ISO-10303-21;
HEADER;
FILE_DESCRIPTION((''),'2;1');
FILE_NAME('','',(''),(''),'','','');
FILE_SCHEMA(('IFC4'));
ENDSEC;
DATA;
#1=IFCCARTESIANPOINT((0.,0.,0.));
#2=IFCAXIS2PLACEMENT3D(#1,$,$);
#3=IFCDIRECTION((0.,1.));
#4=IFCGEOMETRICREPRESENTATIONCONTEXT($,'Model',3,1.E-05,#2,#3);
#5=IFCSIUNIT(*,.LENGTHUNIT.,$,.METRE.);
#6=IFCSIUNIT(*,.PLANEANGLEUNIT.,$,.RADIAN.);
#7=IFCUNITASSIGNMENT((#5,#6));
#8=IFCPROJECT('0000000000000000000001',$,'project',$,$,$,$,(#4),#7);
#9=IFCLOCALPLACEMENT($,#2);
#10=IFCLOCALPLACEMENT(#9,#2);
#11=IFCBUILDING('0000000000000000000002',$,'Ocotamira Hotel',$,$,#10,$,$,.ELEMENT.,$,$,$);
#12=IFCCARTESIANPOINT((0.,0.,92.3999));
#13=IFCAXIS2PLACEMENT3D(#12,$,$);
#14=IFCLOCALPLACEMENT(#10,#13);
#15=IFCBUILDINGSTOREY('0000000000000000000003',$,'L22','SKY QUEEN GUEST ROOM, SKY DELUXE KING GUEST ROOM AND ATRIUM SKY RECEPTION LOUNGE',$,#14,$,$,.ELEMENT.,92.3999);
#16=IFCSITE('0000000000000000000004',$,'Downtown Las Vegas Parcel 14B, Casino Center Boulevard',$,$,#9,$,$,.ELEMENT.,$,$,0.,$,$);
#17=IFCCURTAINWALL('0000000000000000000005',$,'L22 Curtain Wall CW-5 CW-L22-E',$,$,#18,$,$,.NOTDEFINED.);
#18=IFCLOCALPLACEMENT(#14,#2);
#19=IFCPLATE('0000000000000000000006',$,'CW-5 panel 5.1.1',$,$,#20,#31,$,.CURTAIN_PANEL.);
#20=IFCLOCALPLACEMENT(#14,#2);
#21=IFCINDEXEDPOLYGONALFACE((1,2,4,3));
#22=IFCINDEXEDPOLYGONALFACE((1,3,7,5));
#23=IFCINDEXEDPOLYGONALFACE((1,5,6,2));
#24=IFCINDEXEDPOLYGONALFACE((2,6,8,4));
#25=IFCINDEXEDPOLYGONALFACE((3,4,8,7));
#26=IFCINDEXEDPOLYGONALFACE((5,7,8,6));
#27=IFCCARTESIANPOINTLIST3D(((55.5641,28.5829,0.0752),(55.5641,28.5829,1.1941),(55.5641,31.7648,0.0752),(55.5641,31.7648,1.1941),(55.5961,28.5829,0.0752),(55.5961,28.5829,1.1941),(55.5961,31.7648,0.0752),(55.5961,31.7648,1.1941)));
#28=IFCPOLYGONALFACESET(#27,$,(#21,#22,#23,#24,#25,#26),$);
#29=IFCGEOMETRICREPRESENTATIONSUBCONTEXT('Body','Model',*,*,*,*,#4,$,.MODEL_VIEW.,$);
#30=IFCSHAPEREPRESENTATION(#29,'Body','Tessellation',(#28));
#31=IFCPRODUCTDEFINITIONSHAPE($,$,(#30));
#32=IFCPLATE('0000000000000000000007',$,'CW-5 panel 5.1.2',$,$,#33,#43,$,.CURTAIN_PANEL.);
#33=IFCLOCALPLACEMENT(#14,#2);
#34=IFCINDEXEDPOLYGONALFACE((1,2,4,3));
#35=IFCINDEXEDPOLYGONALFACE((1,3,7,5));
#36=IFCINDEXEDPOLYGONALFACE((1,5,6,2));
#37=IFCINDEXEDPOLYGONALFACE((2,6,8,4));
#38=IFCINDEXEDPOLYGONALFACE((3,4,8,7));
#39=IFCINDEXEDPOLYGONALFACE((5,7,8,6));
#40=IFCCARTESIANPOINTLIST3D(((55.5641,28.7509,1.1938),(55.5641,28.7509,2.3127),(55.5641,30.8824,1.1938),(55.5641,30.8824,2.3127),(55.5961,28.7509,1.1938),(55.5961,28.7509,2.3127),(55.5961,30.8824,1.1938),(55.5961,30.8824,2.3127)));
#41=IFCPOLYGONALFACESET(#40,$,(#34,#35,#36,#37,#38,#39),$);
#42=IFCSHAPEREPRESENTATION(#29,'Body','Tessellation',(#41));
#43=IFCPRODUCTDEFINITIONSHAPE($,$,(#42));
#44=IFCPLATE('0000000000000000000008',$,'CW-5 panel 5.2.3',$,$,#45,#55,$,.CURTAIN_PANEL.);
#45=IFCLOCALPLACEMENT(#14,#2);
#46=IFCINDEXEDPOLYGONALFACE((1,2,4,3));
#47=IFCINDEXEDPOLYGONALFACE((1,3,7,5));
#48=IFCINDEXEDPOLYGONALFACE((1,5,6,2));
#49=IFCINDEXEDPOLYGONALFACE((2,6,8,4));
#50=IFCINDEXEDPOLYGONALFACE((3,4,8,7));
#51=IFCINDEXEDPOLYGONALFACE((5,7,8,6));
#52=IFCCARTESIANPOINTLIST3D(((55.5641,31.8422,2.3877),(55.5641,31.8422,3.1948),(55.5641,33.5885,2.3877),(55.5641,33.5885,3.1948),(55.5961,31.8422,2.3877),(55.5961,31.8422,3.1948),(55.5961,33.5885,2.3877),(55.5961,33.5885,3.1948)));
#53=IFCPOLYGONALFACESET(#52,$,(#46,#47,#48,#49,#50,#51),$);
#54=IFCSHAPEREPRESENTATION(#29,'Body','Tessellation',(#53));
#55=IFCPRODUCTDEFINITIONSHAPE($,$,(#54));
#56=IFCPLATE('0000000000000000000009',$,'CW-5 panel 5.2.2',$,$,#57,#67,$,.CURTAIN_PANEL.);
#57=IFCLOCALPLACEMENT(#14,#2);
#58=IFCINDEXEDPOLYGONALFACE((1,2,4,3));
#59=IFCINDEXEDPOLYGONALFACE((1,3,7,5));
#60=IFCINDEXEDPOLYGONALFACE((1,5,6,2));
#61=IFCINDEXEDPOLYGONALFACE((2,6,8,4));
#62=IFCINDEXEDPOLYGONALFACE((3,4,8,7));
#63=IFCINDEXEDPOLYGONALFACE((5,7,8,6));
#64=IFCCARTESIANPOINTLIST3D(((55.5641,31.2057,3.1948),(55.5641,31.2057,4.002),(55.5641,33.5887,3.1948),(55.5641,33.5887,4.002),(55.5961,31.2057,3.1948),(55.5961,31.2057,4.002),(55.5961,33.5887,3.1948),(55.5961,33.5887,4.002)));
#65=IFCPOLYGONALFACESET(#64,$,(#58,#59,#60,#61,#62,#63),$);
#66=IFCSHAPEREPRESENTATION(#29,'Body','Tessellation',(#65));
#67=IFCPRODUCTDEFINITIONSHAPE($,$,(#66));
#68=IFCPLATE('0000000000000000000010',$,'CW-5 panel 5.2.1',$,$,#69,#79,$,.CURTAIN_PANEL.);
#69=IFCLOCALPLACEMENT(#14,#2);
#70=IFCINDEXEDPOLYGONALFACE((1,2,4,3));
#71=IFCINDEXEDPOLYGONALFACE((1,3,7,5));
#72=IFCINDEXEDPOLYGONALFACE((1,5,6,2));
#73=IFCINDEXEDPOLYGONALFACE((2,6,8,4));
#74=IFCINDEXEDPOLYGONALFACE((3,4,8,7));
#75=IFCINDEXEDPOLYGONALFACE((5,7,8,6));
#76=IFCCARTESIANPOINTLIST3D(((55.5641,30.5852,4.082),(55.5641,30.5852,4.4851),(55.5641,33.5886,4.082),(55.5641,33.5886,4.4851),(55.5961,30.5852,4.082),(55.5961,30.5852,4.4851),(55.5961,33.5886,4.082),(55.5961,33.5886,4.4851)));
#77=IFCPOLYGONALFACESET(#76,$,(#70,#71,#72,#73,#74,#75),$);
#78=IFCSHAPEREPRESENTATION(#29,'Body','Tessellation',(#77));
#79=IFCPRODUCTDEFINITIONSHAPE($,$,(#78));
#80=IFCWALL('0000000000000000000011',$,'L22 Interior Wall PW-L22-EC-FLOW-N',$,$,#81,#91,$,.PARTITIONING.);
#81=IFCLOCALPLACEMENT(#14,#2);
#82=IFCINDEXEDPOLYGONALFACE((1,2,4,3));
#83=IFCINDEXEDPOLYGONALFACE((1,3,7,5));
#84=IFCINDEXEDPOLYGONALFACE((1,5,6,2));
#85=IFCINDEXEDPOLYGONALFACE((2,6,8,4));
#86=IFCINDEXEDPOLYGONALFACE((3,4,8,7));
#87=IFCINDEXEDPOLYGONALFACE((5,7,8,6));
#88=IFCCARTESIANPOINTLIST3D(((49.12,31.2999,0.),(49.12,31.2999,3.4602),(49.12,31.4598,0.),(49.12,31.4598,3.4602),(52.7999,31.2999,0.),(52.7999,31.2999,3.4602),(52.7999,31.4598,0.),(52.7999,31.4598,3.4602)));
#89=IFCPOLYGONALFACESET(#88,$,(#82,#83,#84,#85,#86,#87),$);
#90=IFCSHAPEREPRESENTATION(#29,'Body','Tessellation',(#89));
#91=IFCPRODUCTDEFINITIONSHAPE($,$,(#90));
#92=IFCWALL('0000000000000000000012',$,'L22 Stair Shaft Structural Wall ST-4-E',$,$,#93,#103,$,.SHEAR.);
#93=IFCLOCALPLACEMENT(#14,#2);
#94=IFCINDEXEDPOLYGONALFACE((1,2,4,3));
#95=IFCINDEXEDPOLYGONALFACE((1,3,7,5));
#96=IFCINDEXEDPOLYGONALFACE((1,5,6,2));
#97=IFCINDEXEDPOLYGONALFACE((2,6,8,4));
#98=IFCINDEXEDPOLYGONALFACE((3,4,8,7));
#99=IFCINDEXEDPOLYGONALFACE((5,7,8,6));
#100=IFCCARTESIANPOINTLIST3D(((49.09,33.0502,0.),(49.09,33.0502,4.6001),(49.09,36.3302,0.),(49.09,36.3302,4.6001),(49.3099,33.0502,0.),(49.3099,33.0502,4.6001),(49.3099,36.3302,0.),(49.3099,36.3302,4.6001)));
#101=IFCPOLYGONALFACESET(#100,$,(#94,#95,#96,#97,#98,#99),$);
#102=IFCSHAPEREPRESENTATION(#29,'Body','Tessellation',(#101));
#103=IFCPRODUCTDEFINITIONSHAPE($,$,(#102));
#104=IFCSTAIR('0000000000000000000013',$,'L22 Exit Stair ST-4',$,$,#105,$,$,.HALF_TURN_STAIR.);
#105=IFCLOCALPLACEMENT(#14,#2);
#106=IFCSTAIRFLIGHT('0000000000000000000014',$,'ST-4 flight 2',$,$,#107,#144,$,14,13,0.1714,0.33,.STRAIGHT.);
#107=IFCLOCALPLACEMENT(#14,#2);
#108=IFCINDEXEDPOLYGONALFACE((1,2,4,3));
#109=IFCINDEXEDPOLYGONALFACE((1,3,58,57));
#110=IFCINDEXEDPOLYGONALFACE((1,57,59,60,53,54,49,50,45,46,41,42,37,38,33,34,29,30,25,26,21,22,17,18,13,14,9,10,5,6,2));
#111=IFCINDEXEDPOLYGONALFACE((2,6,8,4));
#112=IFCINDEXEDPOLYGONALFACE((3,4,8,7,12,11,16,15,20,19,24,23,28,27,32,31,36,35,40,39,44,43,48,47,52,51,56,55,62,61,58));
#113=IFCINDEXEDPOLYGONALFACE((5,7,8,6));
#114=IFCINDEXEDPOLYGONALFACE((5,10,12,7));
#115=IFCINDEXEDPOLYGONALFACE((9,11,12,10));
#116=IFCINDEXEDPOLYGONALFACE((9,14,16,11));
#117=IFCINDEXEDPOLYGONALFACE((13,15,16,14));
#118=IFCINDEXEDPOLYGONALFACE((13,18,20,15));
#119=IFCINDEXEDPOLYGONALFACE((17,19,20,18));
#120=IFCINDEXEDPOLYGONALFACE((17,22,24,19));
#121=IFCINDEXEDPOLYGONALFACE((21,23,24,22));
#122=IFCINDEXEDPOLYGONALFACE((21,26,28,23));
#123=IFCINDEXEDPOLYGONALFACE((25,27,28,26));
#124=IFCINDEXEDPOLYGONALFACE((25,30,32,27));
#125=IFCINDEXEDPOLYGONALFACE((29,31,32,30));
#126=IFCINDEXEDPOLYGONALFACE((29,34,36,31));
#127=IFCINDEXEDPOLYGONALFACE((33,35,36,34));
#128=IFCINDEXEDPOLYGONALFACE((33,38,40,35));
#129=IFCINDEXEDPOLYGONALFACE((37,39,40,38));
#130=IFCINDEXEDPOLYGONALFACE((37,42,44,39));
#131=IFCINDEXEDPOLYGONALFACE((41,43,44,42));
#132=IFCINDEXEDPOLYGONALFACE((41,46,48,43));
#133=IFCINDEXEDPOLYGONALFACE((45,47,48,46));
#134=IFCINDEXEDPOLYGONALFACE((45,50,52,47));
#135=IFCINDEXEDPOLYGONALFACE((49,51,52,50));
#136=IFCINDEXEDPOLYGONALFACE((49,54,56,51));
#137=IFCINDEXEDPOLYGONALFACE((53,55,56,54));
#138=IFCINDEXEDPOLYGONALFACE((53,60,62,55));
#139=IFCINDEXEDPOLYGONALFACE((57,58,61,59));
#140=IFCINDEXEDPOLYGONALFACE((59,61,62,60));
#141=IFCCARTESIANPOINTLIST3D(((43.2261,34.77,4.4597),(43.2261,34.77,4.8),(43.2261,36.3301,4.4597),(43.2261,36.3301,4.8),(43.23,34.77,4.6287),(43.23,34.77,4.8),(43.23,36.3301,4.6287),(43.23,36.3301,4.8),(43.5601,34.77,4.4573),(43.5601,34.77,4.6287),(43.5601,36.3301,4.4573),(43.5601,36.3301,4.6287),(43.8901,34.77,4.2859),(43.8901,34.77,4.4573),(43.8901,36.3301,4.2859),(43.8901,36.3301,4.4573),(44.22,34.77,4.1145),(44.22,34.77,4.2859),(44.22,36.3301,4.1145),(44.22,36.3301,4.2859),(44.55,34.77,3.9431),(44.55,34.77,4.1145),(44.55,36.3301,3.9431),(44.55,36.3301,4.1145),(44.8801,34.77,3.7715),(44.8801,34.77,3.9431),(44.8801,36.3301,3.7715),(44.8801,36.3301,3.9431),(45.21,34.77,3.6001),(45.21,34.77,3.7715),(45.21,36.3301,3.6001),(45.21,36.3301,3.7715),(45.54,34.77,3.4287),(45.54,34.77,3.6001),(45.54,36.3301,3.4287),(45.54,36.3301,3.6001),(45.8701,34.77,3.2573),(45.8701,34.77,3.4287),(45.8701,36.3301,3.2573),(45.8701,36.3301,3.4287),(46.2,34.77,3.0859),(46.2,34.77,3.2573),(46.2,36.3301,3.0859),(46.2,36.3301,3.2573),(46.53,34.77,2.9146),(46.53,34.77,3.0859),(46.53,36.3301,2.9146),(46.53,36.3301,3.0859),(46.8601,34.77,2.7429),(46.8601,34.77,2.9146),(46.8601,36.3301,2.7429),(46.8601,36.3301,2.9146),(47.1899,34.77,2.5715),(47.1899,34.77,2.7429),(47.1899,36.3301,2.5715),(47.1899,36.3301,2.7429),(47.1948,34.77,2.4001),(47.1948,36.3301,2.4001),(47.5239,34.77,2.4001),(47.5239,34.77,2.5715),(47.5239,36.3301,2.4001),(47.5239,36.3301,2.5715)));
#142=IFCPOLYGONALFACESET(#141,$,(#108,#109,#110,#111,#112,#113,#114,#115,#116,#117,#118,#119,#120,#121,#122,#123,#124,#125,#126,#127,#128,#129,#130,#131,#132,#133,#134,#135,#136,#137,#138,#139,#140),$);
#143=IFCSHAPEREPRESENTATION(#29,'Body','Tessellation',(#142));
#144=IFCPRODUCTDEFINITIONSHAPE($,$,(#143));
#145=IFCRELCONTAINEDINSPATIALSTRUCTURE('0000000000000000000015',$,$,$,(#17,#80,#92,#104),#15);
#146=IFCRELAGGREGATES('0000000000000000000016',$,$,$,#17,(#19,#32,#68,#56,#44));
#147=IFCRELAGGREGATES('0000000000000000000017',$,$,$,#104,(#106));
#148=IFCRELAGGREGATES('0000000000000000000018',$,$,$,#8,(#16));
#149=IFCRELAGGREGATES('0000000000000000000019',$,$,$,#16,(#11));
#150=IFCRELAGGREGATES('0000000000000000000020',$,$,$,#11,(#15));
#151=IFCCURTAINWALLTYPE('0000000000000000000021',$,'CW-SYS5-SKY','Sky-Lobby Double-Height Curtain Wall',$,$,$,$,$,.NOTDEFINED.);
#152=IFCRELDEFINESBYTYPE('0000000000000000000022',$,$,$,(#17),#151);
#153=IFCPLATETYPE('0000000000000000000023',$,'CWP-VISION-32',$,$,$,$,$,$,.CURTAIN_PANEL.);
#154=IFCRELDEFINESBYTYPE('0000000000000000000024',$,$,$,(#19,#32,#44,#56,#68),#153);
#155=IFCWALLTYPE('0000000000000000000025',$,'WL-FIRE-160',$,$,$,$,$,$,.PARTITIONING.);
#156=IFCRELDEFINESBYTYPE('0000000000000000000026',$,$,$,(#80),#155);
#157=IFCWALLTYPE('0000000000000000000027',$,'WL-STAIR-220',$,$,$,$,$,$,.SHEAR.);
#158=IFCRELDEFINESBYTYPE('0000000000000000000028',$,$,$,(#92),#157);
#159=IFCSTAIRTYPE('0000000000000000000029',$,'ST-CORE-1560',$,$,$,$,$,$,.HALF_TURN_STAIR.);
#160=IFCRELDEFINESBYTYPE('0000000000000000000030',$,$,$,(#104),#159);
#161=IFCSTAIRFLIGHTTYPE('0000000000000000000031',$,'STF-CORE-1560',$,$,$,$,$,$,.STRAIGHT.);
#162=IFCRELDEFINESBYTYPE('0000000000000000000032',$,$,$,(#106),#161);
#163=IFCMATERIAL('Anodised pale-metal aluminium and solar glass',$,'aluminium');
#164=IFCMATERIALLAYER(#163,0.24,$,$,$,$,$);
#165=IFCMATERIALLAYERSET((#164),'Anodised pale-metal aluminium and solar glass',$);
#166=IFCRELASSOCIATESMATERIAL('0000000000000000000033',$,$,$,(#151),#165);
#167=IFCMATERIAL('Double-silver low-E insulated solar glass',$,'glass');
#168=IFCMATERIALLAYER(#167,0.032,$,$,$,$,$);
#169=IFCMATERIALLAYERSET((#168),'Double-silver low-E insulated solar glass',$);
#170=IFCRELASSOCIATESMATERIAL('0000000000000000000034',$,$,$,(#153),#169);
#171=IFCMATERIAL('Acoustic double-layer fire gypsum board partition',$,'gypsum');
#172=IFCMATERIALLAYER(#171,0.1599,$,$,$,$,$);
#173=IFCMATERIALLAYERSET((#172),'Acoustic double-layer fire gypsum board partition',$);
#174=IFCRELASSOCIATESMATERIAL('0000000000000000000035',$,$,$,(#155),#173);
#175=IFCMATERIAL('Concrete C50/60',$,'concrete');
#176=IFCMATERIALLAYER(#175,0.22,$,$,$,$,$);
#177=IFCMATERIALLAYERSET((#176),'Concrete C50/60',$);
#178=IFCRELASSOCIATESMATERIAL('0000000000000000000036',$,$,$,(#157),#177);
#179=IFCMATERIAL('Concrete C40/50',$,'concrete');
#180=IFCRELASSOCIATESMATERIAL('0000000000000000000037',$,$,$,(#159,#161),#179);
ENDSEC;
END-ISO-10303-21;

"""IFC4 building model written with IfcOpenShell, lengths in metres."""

from ifc_helpers import new_model, si_unit, direction, frame, frame_2d, origin, origin_2d, place, context, subcontext, project, spatial, polyline, rectangle, outline, extrude, source, transform, mapped, material, layer, layer_set, type_object, element, aggregate, save


model = new_model("IFC4")

# Units and contexts
model_context = context("Model", 3, precision=1e-05, world=origin(), true_north=direction((0.0, 1.0)))
body_context = subcontext(model_context, "Body", "Model", "MODEL_VIEW")
ifc_project = project(units=[si_unit("LENGTHUNIT", "METRE"), si_unit("PLANEANGLEUNIT", "RADIAN")], contexts=[model_context])

# Site, building, storey
site_placement = place(None, origin())
site = spatial("IfcSite", under=ifc_project, at=site_placement, Name="Downtown Las Vegas Parcel 14B, Casino Center Boulevard", CompositionType="ELEMENT", RefElevation=0.0)
building_placement = place(site_placement, origin())
building = spatial("IfcBuilding", under=site, at=building_placement, Name="Ocotamira Hotel", CompositionType="ELEMENT")
storey_placement = place(building_placement, frame((0.0, 0.0, 92.3999)))
storey = spatial("IfcBuildingStorey", under=building, at=storey_placement, Name="L22", Description="SKY QUEEN GUEST ROOM, SKY DELUXE KING GUEST ROOM AND ATRIUM SKY RECEPTION LOUNGE", CompositionType="ELEMENT", Elevation=92.3999)

# Curtain wall
ifc_material_1 = material(Name="Anodised pale-metal aluminium and solar glass", Category="aluminium")
ifc_layer_1 = layer(ifc_material_1, 0.24)
ifc_layer_set_1 = layer_set([ifc_layer_1], Name="Anodised pale-metal aluminium and solar glass")
curtain_wall_type = type_object("IfcCurtainWallType", Name="CW-SYS5-SKY", Description="Sky-Lobby Double-Height Curtain Wall", PredefinedType="NOTDEFINED", material=ifc_layer_set_1)
curtain_wall_placement = place(storey_placement, origin())
curtain_wall = element("IfcCurtainWall", 1, at=curtain_wall_placement, inside=storey, type_object=curtain_wall_type, Name="L22 Curtain Wall CW-5 CW-L22-E", PredefinedType="NOTDEFINED")

# Plates
ifc_material_2 = material(Name="Double-silver low-E insulated solar glass", Category="glass")
ifc_layer_2 = layer(ifc_material_2, 0.032)
ifc_layer_set_2 = layer_set([ifc_layer_2], Name="Double-silver low-E insulated solar glass")
plate_type_1 = type_object("IfcPlateType", Name="CWP-VISION-32", PredefinedType="CURTAIN_PANEL", material=ifc_layer_set_2)
shared_shape_1 = source(origin(), body_context, "Body", "SweptSolid", [
    extrude(rectangle(XDim=3.1819, YDim=0.032, at=origin_2d()), origin(), (0.0, 0.0, 1.0), 1.1189),
])
plate_1_placement = place(storey_placement, frame((55.5801, 30.1738, 0.0752), z_axis=(0.0, 0.0, 1.0), x_axis=(0.0, 1.0, 0.0)))
plate_1 = element("IfcPlate", 2, at=plate_1_placement, type_object=plate_type_1, Name="CW-5 panel 5.1.1", PredefinedType="CURTAIN_PANEL", context=body_context, shape_type="MappedRepresentation", body=[
    mapped(shared_shape_1, transform((0.0, 0.0, 0.0), scale=1.0)),
])
shared_shape_2 = source(origin(), body_context, "Body", "SweptSolid", [
    extrude(rectangle(XDim=2.1316, YDim=0.032, at=origin_2d()), origin(), (0.0, 0.0, 1.0), 1.1189),
])
plate_2_placement = place(storey_placement, frame((55.5801, 29.8167, 1.1938), z_axis=(0.0, 0.0, 1.0), x_axis=(0.0, 1.0, 0.0)))
plate_2 = element("IfcPlate", 3, at=plate_2_placement, type_object=plate_type_1, Name="CW-5 panel 5.1.2", PredefinedType="CURTAIN_PANEL", context=body_context, shape_type="MappedRepresentation", body=[
    mapped(shared_shape_2, transform((0.0, 0.0, 0.0), scale=1.0)),
])
shared_shape_3 = source(origin(), body_context, "Body", "SweptSolid", [
    extrude(rectangle(XDim=1.7463, YDim=0.032, at=origin_2d()), origin(), (0.0, 0.0, 1.0), 0.8071),
])
plate_3_placement = place(storey_placement, frame((55.5801, 32.7153, 2.3877), z_axis=(0.0, 0.0, 1.0), x_axis=(0.0, 1.0, 0.0)))
plate_3 = element("IfcPlate", 4, at=plate_3_placement, type_object=plate_type_1, Name="CW-5 panel 5.2.3", PredefinedType="CURTAIN_PANEL", context=body_context, shape_type="MappedRepresentation", body=[
    mapped(shared_shape_3, transform((0.0, 0.0, 0.0), scale=1.0)),
])
shared_shape_4 = source(origin(), body_context, "Body", "SweptSolid", [
    extrude(rectangle(XDim=2.3831, YDim=0.032, at=origin_2d()), origin(), (0.0, 0.0, 1.0), 0.8071),
])
plate_4_placement = place(storey_placement, frame((55.5801, 32.3972, 3.1948), z_axis=(0.0, 0.0, 1.0), x_axis=(0.0, 1.0, 0.0)))
plate_4 = element("IfcPlate", 5, at=plate_4_placement, type_object=plate_type_1, Name="CW-5 panel 5.2.2", PredefinedType="CURTAIN_PANEL", context=body_context, shape_type="MappedRepresentation", body=[
    mapped(shared_shape_4, transform((0.0, 0.0, 0.0), scale=1.0)),
])
shared_shape_5 = source(origin(), body_context, "Body", "SweptSolid", [
    extrude(rectangle(XDim=3.0034, YDim=0.032, at=origin_2d()), origin(), (0.0, 0.0, 1.0), 0.4031),
])
plate_5_placement = place(storey_placement, frame((55.5801, 32.0869, 4.082), z_axis=(0.0, 0.0, 1.0), x_axis=(0.0, 1.0, 0.0)))
plate_5 = element("IfcPlate", 6, at=plate_5_placement, type_object=plate_type_1, Name="CW-5 panel 5.2.1", PredefinedType="CURTAIN_PANEL", context=body_context, shape_type="MappedRepresentation", body=[
    mapped(shared_shape_5, transform((0.0, 0.0, 0.0), scale=1.0)),
])
aggregate(curtain_wall, [plate_1, plate_2, plate_5, plate_4, plate_3])

# Wall
ifc_material_3 = material(Name="Acoustic double-layer fire gypsum board partition", Category="gypsum")
ifc_layer_3 = layer(ifc_material_3, 0.1599)
ifc_layer_set_3 = layer_set([ifc_layer_3], Name="Acoustic double-layer fire gypsum board partition")
wall_type_1 = type_object("IfcWallType", Name="WL-FIRE-160", PredefinedType="PARTITIONING", material=ifc_layer_set_3)
wall_1_placement = place(storey_placement, frame((49.1201, 31.3799, 0.0), z_axis=(0.0, 0.0, 1.0), x_axis=(1.0, 0.0, 0.0)))
element("IfcWall", 7, at=wall_1_placement, inside=storey, type_object=wall_type_1, Name="L22 Interior Wall PW-L22-EC-FLOW-N", PredefinedType="PARTITIONING", context=body_context, shape_type="SweptSolid", body=[
    extrude(rectangle(XDim=3.6799, YDim=0.1599, at=frame_2d((1.8398, 0.0))), origin(), (0.0, 0.0, 1.0), 3.4602),
])

# Wall
ifc_material_4 = material(Name="Concrete C50/60", Category="concrete")
ifc_layer_4 = layer(ifc_material_4, 0.22)
ifc_layer_set_4 = layer_set([ifc_layer_4], Name="Concrete C50/60")
wall_type_2 = type_object("IfcWallType", Name="WL-STAIR-220", PredefinedType="SHEAR", material=ifc_layer_set_4)
wall_2_placement = place(storey_placement, frame((49.2, 33.05, 0.0), z_axis=(0.0, 0.0, 1.0), x_axis=(0.0, 1.0, 0.0)))
element("IfcWall", 8, at=wall_2_placement, inside=storey, type_object=wall_type_2, Name="L22 Stair Shaft Structural Wall ST-4-E", PredefinedType="SHEAR", context=body_context, shape_type="SweptSolid", body=[
    extrude(rectangle(XDim=3.28, YDim=0.22, at=frame_2d((1.6401, 0.0))), origin(), (0.0, 0.0, 1.0), 4.6001),
])

# Stair, stair flight
ifc_material_5 = material(Name="Concrete C40/50", Category="concrete")
stair_type = type_object("IfcStairType", Name="ST-CORE-1560", PredefinedType="HALF_TURN_STAIR", material=ifc_material_5)
stair_placement = place(storey_placement, origin())
stair = element("IfcStair", 9, at=stair_placement, inside=storey, type_object=stair_type, Name="L22 Exit Stair ST-4", PredefinedType="HALF_TURN_STAIR")
stair_flight_type = type_object("IfcStairFlightType", Name="STF-CORE-1560", PredefinedType="STRAIGHT", material=ifc_material_5)
shared_shape_6 = source(origin(), body_context, "Body", "SweptSolid", [
    extrude(outline(polyline([(-0.0039, 0.0), (-0.0039, 0.1714), (0.3301, 0.1714), (0.3301, 0.3428), (0.6599, 0.3428), (0.6599, 0.5144), (0.99, 0.5144), (0.99, 0.6858), (1.3201, 0.6858), (1.3201, 0.8572), (1.6499, 0.8572), (1.6499, 1.0286), (1.98, 1.0286), (1.98, 1.2), (2.3101, 1.2), (2.3101, 1.3713), (2.6399, 1.3713), (2.6399, 1.543), (2.97, 1.543), (2.97, 1.7144), (3.3, 1.7144), (3.3, 1.8857), (3.6299, 1.8857), (3.6299, 2.0571), (3.96, 2.0571), (3.96, 2.2285), (4.29, 2.2285), (4.29, 2.3999), (4.2939, 2.3999), (4.2939, 2.0596), (0.3252, 0.0), (-0.0039, 0.0)])), frame((0.0, 0.78, 0.0), z_axis=(0.0, -1.0, 0.0), x_axis=(1.0, 0.0, 0.0)), (0.0, 0.0, 1.0), 1.5601),
])
stair_flight_placement = place(storey_placement, frame((47.52, 35.55, 2.4001), z_axis=(0.0, 0.0, 1.0), x_axis=(-1.0, 0.0, 0.0)))
stair_flight = element("IfcStairFlight", 10, at=stair_flight_placement, type_object=stair_flight_type, Name="ST-4 flight 2", NumberOfRisers=14, NumberOfTreads=13, PredefinedType="STRAIGHT", RiserHeight=0.1714, TreadLength=0.33, context=body_context, shape_type="MappedRepresentation", body=[
    mapped(shared_shape_6, transform((0.0, 0.0, 0.0), scale=1.0)),
])
aggregate(stair, [stair_flight])

save(model, "model.ifc")
